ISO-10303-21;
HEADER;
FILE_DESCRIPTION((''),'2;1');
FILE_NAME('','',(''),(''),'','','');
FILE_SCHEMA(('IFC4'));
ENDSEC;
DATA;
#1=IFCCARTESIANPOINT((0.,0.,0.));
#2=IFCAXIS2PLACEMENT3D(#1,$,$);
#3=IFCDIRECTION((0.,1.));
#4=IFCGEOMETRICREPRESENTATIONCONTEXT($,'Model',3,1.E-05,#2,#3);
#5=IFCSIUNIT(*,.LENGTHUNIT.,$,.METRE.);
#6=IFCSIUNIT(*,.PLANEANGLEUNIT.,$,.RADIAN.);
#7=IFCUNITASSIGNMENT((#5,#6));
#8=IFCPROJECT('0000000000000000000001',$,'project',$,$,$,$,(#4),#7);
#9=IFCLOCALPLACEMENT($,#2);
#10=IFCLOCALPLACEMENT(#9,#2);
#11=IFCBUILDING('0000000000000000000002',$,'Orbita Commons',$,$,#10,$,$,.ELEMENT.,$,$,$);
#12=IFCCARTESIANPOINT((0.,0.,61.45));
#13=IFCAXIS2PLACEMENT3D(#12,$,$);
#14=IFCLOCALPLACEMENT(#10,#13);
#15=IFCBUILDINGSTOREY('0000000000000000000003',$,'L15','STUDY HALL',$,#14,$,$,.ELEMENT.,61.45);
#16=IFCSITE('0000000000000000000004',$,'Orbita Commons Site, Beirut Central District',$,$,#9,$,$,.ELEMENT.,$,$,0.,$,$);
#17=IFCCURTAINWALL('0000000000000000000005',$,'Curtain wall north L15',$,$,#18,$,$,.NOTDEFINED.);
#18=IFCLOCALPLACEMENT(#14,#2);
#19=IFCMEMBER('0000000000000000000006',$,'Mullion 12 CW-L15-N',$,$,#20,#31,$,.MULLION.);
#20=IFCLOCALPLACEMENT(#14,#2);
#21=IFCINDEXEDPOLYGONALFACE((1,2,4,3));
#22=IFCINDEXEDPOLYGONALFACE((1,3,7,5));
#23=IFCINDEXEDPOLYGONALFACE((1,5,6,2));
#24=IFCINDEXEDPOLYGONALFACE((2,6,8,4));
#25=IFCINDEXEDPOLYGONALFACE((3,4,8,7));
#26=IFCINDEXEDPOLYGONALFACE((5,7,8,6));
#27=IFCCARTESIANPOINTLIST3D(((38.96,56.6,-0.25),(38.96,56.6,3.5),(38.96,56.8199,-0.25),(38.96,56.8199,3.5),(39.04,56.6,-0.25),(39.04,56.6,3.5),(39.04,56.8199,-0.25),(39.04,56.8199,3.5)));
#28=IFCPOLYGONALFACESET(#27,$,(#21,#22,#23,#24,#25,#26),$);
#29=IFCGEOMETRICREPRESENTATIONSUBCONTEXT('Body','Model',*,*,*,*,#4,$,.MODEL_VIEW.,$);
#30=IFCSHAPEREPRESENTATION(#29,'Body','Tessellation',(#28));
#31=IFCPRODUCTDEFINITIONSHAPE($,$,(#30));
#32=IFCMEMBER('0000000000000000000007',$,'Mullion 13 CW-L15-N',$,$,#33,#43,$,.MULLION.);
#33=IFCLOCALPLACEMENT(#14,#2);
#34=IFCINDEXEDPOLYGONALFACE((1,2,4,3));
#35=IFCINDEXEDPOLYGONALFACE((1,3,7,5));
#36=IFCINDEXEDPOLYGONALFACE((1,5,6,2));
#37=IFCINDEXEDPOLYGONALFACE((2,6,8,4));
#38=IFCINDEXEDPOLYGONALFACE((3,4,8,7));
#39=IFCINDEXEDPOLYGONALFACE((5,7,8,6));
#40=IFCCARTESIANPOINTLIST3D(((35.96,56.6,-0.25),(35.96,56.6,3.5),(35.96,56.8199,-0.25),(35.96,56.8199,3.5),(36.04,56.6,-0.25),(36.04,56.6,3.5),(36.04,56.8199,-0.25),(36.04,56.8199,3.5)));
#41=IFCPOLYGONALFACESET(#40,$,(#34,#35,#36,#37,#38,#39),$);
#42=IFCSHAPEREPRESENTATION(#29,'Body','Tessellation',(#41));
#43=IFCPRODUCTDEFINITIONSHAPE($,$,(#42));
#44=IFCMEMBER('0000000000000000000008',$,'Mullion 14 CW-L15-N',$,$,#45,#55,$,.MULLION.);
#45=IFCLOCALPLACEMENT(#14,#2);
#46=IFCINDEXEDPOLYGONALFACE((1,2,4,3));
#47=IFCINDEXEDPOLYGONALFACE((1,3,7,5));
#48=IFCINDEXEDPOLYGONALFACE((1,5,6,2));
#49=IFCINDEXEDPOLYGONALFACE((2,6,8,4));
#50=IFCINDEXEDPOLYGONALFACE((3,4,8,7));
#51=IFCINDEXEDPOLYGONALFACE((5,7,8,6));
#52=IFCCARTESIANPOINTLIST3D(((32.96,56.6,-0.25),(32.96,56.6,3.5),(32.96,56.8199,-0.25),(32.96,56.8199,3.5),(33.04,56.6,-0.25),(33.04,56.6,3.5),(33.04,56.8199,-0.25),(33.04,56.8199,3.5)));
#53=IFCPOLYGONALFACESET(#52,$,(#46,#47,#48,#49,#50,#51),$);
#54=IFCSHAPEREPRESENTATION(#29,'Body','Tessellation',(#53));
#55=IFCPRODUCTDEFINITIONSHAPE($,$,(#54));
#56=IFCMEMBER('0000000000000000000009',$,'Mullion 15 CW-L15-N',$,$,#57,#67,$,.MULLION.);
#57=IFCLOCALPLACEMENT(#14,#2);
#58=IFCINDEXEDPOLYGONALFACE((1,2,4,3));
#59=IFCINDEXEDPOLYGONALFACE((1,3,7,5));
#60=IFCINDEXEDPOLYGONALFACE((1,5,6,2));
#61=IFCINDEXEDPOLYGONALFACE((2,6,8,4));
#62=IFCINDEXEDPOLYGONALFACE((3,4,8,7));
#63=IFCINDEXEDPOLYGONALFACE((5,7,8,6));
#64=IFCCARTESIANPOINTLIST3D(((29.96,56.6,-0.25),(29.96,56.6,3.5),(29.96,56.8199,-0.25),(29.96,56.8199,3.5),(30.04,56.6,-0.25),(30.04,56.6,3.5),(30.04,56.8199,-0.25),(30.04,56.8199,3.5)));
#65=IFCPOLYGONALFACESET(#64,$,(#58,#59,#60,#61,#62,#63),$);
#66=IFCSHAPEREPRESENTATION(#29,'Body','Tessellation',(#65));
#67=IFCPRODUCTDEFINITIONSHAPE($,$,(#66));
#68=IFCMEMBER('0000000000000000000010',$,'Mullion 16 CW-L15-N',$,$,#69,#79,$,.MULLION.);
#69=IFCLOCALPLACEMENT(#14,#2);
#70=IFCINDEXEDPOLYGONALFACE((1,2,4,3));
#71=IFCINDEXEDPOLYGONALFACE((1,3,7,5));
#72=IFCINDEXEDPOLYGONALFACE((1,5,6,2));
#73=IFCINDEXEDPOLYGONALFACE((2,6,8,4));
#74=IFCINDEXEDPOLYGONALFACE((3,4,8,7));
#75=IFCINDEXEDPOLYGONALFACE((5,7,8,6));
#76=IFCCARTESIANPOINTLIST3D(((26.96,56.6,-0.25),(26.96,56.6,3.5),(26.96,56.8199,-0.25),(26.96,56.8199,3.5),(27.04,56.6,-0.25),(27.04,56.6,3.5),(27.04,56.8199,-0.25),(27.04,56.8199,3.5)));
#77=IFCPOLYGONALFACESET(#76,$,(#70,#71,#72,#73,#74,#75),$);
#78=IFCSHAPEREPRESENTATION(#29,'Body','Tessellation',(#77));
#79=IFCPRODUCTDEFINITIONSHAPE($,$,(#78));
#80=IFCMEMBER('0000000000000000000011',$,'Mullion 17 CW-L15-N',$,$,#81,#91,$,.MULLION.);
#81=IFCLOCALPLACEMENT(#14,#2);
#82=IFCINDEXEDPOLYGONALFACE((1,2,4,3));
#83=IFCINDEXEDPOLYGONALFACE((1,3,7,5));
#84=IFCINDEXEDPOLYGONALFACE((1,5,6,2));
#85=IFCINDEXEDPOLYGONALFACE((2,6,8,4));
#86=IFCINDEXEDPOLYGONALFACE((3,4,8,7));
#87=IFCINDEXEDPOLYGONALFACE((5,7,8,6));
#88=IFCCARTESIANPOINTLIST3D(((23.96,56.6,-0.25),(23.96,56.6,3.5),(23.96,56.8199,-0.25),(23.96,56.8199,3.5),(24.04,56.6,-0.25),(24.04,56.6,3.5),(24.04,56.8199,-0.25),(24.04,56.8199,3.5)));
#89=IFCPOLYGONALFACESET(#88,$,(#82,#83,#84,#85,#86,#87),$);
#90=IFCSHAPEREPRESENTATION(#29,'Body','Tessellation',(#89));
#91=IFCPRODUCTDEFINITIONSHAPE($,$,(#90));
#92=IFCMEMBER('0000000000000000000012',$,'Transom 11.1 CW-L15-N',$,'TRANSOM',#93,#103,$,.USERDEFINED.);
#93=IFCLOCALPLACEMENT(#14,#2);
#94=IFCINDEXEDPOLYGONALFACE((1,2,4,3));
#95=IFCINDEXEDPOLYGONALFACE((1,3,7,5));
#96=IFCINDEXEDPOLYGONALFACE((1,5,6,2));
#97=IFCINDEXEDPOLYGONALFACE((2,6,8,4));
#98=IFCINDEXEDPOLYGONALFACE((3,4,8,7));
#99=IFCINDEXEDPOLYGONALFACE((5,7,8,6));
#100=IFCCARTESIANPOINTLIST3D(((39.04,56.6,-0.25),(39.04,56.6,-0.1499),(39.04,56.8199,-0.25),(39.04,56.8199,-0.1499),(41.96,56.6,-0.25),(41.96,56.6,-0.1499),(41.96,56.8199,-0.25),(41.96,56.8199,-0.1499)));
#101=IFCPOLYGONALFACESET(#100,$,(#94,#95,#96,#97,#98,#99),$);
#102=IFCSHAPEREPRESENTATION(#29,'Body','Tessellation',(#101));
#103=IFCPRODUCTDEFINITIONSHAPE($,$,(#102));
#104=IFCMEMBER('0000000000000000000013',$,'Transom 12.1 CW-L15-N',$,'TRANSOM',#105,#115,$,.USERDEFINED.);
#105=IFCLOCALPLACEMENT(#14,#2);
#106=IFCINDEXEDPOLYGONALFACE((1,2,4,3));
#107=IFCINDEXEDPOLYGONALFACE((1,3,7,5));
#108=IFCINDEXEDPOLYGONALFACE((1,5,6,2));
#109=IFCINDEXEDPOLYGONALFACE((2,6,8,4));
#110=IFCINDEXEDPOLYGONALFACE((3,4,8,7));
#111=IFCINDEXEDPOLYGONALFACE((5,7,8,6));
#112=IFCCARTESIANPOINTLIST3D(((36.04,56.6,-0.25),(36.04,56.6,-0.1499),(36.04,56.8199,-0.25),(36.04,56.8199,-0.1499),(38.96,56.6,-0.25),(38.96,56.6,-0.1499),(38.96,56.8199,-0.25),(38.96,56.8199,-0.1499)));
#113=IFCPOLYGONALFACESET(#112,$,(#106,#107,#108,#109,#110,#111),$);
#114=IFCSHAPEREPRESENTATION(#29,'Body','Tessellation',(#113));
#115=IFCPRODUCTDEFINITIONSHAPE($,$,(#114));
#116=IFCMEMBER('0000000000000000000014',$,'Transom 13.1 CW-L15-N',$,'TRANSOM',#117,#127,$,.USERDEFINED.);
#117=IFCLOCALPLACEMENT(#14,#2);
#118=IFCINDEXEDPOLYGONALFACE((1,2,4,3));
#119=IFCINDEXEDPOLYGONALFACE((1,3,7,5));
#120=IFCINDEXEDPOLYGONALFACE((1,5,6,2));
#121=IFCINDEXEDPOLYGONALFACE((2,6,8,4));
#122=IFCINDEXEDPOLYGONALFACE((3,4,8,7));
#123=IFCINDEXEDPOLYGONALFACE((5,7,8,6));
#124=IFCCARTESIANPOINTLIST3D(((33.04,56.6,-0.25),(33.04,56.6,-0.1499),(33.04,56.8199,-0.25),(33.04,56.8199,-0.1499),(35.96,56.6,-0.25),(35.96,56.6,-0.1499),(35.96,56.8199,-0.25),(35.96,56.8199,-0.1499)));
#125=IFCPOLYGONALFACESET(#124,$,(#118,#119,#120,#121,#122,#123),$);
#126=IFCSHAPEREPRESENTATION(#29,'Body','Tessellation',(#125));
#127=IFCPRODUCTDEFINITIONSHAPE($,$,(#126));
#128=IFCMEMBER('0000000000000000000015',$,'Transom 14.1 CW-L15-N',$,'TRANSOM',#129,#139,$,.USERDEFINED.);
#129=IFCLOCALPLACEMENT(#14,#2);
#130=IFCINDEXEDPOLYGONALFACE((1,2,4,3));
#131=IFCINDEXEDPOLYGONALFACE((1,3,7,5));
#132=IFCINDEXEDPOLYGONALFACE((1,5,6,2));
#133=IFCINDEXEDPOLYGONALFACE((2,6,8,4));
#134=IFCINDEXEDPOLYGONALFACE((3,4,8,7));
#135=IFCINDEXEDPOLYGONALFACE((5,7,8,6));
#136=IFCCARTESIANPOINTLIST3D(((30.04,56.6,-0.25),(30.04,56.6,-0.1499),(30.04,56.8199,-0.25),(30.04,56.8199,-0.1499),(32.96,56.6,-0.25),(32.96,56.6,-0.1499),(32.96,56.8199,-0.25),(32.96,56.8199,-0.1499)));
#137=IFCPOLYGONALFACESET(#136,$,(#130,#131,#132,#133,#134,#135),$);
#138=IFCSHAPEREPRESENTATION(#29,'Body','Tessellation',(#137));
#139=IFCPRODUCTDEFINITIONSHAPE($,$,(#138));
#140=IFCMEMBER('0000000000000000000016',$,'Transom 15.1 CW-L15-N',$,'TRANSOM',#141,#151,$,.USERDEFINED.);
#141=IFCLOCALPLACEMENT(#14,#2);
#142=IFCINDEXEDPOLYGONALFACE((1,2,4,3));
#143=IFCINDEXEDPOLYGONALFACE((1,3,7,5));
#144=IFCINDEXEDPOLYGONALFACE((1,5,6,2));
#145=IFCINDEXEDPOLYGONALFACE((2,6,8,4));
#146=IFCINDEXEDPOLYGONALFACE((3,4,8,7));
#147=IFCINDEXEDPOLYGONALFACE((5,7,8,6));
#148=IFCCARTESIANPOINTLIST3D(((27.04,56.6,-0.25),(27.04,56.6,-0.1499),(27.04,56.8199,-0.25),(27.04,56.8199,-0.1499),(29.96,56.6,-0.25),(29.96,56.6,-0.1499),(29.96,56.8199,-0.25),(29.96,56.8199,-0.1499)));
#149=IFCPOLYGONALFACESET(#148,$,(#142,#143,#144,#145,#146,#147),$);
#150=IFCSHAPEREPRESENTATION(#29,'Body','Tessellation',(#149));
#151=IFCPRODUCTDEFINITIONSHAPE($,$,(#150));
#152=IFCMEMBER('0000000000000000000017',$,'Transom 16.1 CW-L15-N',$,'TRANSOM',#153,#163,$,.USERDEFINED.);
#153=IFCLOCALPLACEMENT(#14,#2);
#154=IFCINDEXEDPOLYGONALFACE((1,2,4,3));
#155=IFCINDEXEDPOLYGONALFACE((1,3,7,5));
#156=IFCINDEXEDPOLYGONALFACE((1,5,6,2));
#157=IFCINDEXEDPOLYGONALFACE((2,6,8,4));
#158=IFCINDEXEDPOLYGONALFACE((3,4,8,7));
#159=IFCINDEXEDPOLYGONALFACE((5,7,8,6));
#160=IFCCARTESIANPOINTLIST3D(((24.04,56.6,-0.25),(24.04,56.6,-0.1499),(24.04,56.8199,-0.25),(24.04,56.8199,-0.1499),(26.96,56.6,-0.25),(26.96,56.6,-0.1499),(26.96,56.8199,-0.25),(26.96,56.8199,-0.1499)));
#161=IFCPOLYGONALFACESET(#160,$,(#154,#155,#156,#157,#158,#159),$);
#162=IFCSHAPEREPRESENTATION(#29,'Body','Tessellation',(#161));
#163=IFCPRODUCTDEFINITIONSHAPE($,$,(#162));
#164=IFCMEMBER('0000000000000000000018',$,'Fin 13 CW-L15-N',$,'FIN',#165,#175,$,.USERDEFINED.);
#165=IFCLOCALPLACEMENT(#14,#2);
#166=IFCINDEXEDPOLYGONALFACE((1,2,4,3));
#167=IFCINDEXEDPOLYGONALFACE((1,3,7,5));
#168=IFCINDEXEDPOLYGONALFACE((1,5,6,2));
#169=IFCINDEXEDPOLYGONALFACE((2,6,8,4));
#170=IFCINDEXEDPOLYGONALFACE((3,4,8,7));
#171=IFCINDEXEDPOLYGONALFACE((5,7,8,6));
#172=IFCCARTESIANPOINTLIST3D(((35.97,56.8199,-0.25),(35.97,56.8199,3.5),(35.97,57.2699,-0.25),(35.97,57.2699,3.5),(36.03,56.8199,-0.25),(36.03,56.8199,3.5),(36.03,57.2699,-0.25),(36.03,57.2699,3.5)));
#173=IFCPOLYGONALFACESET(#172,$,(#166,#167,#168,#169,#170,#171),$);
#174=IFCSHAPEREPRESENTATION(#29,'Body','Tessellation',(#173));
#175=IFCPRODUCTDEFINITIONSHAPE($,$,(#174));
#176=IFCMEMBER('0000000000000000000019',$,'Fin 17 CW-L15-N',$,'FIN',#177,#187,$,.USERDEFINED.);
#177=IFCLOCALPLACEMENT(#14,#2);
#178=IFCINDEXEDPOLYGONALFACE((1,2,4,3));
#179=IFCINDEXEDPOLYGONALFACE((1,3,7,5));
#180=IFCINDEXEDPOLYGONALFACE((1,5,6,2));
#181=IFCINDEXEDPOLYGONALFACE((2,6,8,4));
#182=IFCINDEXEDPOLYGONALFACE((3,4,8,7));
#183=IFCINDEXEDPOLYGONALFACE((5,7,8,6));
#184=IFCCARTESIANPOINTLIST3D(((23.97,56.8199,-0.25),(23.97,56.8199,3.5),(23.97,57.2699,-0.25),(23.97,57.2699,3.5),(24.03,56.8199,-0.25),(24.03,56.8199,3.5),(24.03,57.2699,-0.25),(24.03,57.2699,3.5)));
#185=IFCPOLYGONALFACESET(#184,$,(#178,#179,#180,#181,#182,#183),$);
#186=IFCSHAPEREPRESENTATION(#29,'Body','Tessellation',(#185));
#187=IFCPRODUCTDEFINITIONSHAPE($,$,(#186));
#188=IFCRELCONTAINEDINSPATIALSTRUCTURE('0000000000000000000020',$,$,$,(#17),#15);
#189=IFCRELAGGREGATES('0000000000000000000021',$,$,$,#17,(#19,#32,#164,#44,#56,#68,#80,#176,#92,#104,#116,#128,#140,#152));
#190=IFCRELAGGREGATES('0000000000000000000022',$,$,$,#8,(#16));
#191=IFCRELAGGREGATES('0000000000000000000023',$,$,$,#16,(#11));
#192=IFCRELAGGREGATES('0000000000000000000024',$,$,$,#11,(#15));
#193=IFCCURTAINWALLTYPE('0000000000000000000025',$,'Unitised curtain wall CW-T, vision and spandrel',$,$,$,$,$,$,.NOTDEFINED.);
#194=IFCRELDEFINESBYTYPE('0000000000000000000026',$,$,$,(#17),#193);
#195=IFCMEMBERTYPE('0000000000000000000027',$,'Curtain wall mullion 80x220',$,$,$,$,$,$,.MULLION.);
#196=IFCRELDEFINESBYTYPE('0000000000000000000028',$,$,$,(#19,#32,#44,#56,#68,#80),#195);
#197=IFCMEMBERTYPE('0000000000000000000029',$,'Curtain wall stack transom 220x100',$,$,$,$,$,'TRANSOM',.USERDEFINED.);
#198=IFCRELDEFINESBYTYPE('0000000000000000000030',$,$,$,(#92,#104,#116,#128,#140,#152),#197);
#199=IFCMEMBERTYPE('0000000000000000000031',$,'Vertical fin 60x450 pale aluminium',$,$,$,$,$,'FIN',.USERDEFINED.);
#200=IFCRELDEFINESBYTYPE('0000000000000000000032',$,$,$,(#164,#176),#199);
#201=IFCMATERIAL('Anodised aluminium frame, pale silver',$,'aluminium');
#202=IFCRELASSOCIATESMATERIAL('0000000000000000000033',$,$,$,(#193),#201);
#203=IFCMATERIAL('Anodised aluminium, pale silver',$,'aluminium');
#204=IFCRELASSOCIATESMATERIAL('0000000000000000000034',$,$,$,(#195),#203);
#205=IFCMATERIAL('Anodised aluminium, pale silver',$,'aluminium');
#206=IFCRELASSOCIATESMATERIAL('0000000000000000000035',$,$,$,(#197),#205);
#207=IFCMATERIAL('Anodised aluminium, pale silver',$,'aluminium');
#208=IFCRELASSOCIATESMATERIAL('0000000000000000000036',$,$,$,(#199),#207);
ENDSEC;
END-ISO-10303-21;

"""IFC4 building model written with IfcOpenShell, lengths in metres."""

from ifc_helpers import new_model, si_unit, direction, frame, origin, origin_2d, place, context, subcontext, project, spatial, rectangle, extrude, material, material_profile, profile_set, type_object, element, aggregate, save


model = new_model("IFC4")

# Units and contexts
model_context = context("Model", 3, precision=1e-05, world=origin(), true_north=direction((0.0, 1.0)))
body_context = subcontext(model_context, "Body", "Model", "MODEL_VIEW")
ifc_project = project(units=[si_unit("LENGTHUNIT", "METRE"), si_unit("PLANEANGLEUNIT", "RADIAN")], contexts=[model_context])

# Site, building, storey
site_placement = place(None, origin())
site = spatial("IfcSite", under=ifc_project, at=site_placement, Name="Orbita Commons Site, Beirut Central District", CompositionType="ELEMENT", RefElevation=0.0)
building_placement = place(site_placement, origin())
building = spatial("IfcBuilding", under=site, at=building_placement, Name="Orbita Commons", CompositionType="ELEMENT")
storey_placement = place(building_placement, frame((0.0, 0.0, 61.45)))
storey = spatial("IfcBuildingStorey", under=building, at=storey_placement, Name="L15", Description="STUDY HALL", CompositionType="ELEMENT", Elevation=61.45)

# Curtain wall, members
ifc_material_1 = material(Name="Anodised aluminium frame, pale silver", Category="aluminium")
curtain_wall_type = type_object("IfcCurtainWallType", Name="Unitised curtain wall CW-T, vision and spandrel", PredefinedType="NOTDEFINED", material=ifc_material_1)
curtain_wall_placement = place(storey_placement, origin())
curtain_wall = element("IfcCurtainWall", 1, at=curtain_wall_placement, inside=storey, type_object=curtain_wall_type, Name="Curtain wall north L15", PredefinedType="NOTDEFINED")
ifc_material_2 = material(Name="Anodised aluminium, pale silver", Category="aluminium")
ifc_material_profile_1 = material_profile(ifc_material_2, rectangle(XDim=0.0801, YDim=0.22, at=origin_2d()), Name="AL 80x220")
ifc_profile_set_1 = profile_set([ifc_material_profile_1], Name="Anodised aluminium, pale silver")
member_type_1 = type_object("IfcMemberType", Name="Curtain wall mullion 80x220", PredefinedType="MULLION", material=ifc_profile_set_1)
member_1_placement = place(storey_placement, frame((39.0, 56.71, -0.25), z_axis=(0.0, 0.0, 1.0), x_axis=(-1.0, 0.0, 0.0)))
member_1 = element("IfcMember", 2, at=member_1_placement, type_object=member_type_1, Name="Mullion 12 CW-L15-N", PredefinedType="MULLION", context=body_context, shape_type="SweptSolid", body=[
    extrude(rectangle(XDim=0.0801, YDim=0.22, at=origin_2d()), origin(), (0.0, 0.0, 1.0), 3.75),
])
member_2_placement = place(storey_placement, frame((36.0, 56.71, -0.25), z_axis=(0.0, 0.0, 1.0), x_axis=(-1.0, 0.0, 0.0)))
member_2 = element("IfcMember", 3, at=member_2_placement, type_object=member_type_1, Name="Mullion 13 CW-L15-N", PredefinedType="MULLION", context=body_context, shape_type="SweptSolid", body=[
    extrude(rectangle(XDim=0.0801, YDim=0.22, at=origin_2d()), origin(), (0.0, 0.0, 1.0), 3.75),
])
member_3_placement = place(storey_placement, frame((33.0, 56.71, -0.25), z_axis=(0.0, 0.0, 1.0), x_axis=(-1.0, 0.0, 0.0)))
member_3 = element("IfcMember", 4, at=member_3_placement, type_object=member_type_1, Name="Mullion 14 CW-L15-N", PredefinedType="MULLION", context=body_context, shape_type="SweptSolid", body=[
    extrude(rectangle(XDim=0.0801, YDim=0.22, at=origin_2d()), origin(), (0.0, 0.0, 1.0), 3.75),
])
member_4_placement = place(storey_placement, frame((30.0, 56.71, -0.25), z_axis=(0.0, 0.0, 1.0), x_axis=(-1.0, 0.0, 0.0)))
member_4 = element("IfcMember", 5, at=member_4_placement, type_object=member_type_1, Name="Mullion 15 CW-L15-N", PredefinedType="MULLION", context=body_context, shape_type="SweptSolid", body=[
    extrude(rectangle(XDim=0.0801, YDim=0.22, at=origin_2d()), origin(), (0.0, 0.0, 1.0), 3.75),
])
member_5_placement = place(storey_placement, frame((27.0, 56.71, -0.25), z_axis=(0.0, 0.0, 1.0), x_axis=(-1.0, 0.0, 0.0)))
member_5 = element("IfcMember", 6, at=member_5_placement, type_object=member_type_1, Name="Mullion 16 CW-L15-N", PredefinedType="MULLION", context=body_context, shape_type="SweptSolid", body=[
    extrude(rectangle(XDim=0.0801, YDim=0.22, at=origin_2d()), origin(), (0.0, 0.0, 1.0), 3.75),
])
member_6_placement = place(storey_placement, frame((24.0, 56.71, -0.25), z_axis=(0.0, 0.0, 1.0), x_axis=(-1.0, 0.0, 0.0)))
member_6 = element("IfcMember", 7, at=member_6_placement, type_object=member_type_1, Name="Mullion 17 CW-L15-N", PredefinedType="MULLION", context=body_context, shape_type="SweptSolid", body=[
    extrude(rectangle(XDim=0.0801, YDim=0.22, at=origin_2d()), origin(), (0.0, 0.0, 1.0), 3.75),
])
ifc_material_3 = material(Name="Anodised aluminium, pale silver", Category="aluminium")
ifc_material_profile_2 = material_profile(ifc_material_3, rectangle(XDim=0.22, YDim=0.1001, at=origin_2d()), Name="AL 220x100")
ifc_profile_set_2 = profile_set([ifc_material_profile_2], Name="Anodised aluminium, pale silver")
member_type_2 = type_object("IfcMemberType", Name="Curtain wall stack transom 220x100", ElementType="TRANSOM", PredefinedType="USERDEFINED", material=ifc_profile_set_2)
member_7_placement = place(storey_placement, frame((41.96, 56.71, -0.2), z_axis=(-1.0, 0.0, 0.0), x_axis=(0.0, -1.0, 0.0)))
member_7 = element("IfcMember", 8, at=member_7_placement, type_object=member_type_2, Name="Transom 11.1 CW-L15-N", ObjectType="TRANSOM", PredefinedType="USERDEFINED", context=body_context, shape_type="SweptSolid", body=[
    extrude(rectangle(XDim=0.22, YDim=0.1001, at=origin_2d()), origin(), (0.0, 0.0, 1.0), 2.9199),
])
member_8_placement = place(storey_placement, frame((38.96, 56.71, -0.2), z_axis=(-1.0, 0.0, 0.0), x_axis=(0.0, -1.0, 0.0)))
member_8 = element("IfcMember", 9, at=member_8_placement, type_object=member_type_2, Name="Transom 12.1 CW-L15-N", ObjectType="TRANSOM", PredefinedType="USERDEFINED", context=body_context, shape_type="SweptSolid", body=[
    extrude(rectangle(XDim=0.22, YDim=0.1001, at=origin_2d()), origin(), (0.0, 0.0, 1.0), 2.9199),
])
member_9_placement = place(storey_placement, frame((35.96, 56.71, -0.2), z_axis=(-1.0, 0.0, 0.0), x_axis=(0.0, -1.0, 0.0)))
member_9 = element("IfcMember", 10, at=member_9_placement, type_object=member_type_2, Name="Transom 13.1 CW-L15-N", ObjectType="TRANSOM", PredefinedType="USERDEFINED", context=body_context, shape_type="SweptSolid", body=[
    extrude(rectangle(XDim=0.22, YDim=0.1001, at=origin_2d()), origin(), (0.0, 0.0, 1.0), 2.9199),
])
member_10_placement = place(storey_placement, frame((32.96, 56.71, -0.2), z_axis=(-1.0, 0.0, 0.0), x_axis=(0.0, -1.0, 0.0)))
member_10 = element("IfcMember", 11, at=member_10_placement, type_object=member_type_2, Name="Transom 14.1 CW-L15-N", ObjectType="TRANSOM", PredefinedType="USERDEFINED", context=body_context, shape_type="SweptSolid", body=[
    extrude(rectangle(XDim=0.22, YDim=0.1001, at=origin_2d()), origin(), (0.0, 0.0, 1.0), 2.9199),
])
member_11_placement = place(storey_placement, frame((29.96, 56.71, -0.2), z_axis=(-1.0, 0.0, 0.0), x_axis=(0.0, -1.0, 0.0)))
member_11 = element("IfcMember", 12, at=member_11_placement, type_object=member_type_2, Name="Transom 15.1 CW-L15-N", ObjectType="TRANSOM", PredefinedType="USERDEFINED", context=body_context, shape_type="SweptSolid", body=[
    extrude(rectangle(XDim=0.22, YDim=0.1001, at=origin_2d()), origin(), (0.0, 0.0, 1.0), 2.9199),
])
member_12_placement = place(storey_placement, frame((26.96, 56.71, -0.2), z_axis=(-1.0, 0.0, 0.0), x_axis=(0.0, -1.0, 0.0)))
member_12 = element("IfcMember", 13, at=member_12_placement, type_object=member_type_2, Name="Transom 16.1 CW-L15-N", ObjectType="TRANSOM", PredefinedType="USERDEFINED", context=body_context, shape_type="SweptSolid", body=[
    extrude(rectangle(XDim=0.22, YDim=0.1001, at=origin_2d()), origin(), (0.0, 0.0, 1.0), 2.9199),
])
ifc_material_4 = material(Name="Anodised aluminium, pale silver", Category="aluminium")
ifc_material_profile_3 = material_profile(ifc_material_4, rectangle(XDim=0.0601, YDim=0.45, at=origin_2d()), Name="FIN 60x450")
ifc_profile_set_3 = profile_set([ifc_material_profile_3], Name="Anodised aluminium, pale silver")
member_type_3 = type_object("IfcMemberType", Name="Vertical fin 60x450 pale aluminium", ElementType="FIN", PredefinedType="USERDEFINED", material=ifc_profile_set_3)
member_13_placement = place(storey_placement, frame((36.0, 57.0449, -0.25), z_axis=(0.0, 0.0, 1.0), x_axis=(-1.0, 0.0, 0.0)))
member_13 = element("IfcMember", 14, at=member_13_placement, type_object=member_type_3, Name="Fin 13 CW-L15-N", ObjectType="FIN", PredefinedType="USERDEFINED", context=body_context, shape_type="SweptSolid", body=[
    extrude(rectangle(XDim=0.0601, YDim=0.45, at=origin_2d()), origin(), (0.0, 0.0, 1.0), 3.75),
])
member_14_placement = place(storey_placement, frame((24.0, 57.0449, -0.25), z_axis=(0.0, 0.0, 1.0), x_axis=(-1.0, 0.0, 0.0)))
member_14 = element("IfcMember", 15, at=member_14_placement, type_object=member_type_3, Name="Fin 17 CW-L15-N", ObjectType="FIN", PredefinedType="USERDEFINED", context=body_context, shape_type="SweptSolid", body=[
    extrude(rectangle(XDim=0.0601, YDim=0.45, at=origin_2d()), origin(), (0.0, 0.0, 1.0), 3.75),
])
aggregate(curtain_wall, [member_1, member_2, member_13, member_3, member_4, member_5, member_6, member_14, member_7, member_8, member_9, member_10, member_11, member_12])

save(model, "model.ifc")
